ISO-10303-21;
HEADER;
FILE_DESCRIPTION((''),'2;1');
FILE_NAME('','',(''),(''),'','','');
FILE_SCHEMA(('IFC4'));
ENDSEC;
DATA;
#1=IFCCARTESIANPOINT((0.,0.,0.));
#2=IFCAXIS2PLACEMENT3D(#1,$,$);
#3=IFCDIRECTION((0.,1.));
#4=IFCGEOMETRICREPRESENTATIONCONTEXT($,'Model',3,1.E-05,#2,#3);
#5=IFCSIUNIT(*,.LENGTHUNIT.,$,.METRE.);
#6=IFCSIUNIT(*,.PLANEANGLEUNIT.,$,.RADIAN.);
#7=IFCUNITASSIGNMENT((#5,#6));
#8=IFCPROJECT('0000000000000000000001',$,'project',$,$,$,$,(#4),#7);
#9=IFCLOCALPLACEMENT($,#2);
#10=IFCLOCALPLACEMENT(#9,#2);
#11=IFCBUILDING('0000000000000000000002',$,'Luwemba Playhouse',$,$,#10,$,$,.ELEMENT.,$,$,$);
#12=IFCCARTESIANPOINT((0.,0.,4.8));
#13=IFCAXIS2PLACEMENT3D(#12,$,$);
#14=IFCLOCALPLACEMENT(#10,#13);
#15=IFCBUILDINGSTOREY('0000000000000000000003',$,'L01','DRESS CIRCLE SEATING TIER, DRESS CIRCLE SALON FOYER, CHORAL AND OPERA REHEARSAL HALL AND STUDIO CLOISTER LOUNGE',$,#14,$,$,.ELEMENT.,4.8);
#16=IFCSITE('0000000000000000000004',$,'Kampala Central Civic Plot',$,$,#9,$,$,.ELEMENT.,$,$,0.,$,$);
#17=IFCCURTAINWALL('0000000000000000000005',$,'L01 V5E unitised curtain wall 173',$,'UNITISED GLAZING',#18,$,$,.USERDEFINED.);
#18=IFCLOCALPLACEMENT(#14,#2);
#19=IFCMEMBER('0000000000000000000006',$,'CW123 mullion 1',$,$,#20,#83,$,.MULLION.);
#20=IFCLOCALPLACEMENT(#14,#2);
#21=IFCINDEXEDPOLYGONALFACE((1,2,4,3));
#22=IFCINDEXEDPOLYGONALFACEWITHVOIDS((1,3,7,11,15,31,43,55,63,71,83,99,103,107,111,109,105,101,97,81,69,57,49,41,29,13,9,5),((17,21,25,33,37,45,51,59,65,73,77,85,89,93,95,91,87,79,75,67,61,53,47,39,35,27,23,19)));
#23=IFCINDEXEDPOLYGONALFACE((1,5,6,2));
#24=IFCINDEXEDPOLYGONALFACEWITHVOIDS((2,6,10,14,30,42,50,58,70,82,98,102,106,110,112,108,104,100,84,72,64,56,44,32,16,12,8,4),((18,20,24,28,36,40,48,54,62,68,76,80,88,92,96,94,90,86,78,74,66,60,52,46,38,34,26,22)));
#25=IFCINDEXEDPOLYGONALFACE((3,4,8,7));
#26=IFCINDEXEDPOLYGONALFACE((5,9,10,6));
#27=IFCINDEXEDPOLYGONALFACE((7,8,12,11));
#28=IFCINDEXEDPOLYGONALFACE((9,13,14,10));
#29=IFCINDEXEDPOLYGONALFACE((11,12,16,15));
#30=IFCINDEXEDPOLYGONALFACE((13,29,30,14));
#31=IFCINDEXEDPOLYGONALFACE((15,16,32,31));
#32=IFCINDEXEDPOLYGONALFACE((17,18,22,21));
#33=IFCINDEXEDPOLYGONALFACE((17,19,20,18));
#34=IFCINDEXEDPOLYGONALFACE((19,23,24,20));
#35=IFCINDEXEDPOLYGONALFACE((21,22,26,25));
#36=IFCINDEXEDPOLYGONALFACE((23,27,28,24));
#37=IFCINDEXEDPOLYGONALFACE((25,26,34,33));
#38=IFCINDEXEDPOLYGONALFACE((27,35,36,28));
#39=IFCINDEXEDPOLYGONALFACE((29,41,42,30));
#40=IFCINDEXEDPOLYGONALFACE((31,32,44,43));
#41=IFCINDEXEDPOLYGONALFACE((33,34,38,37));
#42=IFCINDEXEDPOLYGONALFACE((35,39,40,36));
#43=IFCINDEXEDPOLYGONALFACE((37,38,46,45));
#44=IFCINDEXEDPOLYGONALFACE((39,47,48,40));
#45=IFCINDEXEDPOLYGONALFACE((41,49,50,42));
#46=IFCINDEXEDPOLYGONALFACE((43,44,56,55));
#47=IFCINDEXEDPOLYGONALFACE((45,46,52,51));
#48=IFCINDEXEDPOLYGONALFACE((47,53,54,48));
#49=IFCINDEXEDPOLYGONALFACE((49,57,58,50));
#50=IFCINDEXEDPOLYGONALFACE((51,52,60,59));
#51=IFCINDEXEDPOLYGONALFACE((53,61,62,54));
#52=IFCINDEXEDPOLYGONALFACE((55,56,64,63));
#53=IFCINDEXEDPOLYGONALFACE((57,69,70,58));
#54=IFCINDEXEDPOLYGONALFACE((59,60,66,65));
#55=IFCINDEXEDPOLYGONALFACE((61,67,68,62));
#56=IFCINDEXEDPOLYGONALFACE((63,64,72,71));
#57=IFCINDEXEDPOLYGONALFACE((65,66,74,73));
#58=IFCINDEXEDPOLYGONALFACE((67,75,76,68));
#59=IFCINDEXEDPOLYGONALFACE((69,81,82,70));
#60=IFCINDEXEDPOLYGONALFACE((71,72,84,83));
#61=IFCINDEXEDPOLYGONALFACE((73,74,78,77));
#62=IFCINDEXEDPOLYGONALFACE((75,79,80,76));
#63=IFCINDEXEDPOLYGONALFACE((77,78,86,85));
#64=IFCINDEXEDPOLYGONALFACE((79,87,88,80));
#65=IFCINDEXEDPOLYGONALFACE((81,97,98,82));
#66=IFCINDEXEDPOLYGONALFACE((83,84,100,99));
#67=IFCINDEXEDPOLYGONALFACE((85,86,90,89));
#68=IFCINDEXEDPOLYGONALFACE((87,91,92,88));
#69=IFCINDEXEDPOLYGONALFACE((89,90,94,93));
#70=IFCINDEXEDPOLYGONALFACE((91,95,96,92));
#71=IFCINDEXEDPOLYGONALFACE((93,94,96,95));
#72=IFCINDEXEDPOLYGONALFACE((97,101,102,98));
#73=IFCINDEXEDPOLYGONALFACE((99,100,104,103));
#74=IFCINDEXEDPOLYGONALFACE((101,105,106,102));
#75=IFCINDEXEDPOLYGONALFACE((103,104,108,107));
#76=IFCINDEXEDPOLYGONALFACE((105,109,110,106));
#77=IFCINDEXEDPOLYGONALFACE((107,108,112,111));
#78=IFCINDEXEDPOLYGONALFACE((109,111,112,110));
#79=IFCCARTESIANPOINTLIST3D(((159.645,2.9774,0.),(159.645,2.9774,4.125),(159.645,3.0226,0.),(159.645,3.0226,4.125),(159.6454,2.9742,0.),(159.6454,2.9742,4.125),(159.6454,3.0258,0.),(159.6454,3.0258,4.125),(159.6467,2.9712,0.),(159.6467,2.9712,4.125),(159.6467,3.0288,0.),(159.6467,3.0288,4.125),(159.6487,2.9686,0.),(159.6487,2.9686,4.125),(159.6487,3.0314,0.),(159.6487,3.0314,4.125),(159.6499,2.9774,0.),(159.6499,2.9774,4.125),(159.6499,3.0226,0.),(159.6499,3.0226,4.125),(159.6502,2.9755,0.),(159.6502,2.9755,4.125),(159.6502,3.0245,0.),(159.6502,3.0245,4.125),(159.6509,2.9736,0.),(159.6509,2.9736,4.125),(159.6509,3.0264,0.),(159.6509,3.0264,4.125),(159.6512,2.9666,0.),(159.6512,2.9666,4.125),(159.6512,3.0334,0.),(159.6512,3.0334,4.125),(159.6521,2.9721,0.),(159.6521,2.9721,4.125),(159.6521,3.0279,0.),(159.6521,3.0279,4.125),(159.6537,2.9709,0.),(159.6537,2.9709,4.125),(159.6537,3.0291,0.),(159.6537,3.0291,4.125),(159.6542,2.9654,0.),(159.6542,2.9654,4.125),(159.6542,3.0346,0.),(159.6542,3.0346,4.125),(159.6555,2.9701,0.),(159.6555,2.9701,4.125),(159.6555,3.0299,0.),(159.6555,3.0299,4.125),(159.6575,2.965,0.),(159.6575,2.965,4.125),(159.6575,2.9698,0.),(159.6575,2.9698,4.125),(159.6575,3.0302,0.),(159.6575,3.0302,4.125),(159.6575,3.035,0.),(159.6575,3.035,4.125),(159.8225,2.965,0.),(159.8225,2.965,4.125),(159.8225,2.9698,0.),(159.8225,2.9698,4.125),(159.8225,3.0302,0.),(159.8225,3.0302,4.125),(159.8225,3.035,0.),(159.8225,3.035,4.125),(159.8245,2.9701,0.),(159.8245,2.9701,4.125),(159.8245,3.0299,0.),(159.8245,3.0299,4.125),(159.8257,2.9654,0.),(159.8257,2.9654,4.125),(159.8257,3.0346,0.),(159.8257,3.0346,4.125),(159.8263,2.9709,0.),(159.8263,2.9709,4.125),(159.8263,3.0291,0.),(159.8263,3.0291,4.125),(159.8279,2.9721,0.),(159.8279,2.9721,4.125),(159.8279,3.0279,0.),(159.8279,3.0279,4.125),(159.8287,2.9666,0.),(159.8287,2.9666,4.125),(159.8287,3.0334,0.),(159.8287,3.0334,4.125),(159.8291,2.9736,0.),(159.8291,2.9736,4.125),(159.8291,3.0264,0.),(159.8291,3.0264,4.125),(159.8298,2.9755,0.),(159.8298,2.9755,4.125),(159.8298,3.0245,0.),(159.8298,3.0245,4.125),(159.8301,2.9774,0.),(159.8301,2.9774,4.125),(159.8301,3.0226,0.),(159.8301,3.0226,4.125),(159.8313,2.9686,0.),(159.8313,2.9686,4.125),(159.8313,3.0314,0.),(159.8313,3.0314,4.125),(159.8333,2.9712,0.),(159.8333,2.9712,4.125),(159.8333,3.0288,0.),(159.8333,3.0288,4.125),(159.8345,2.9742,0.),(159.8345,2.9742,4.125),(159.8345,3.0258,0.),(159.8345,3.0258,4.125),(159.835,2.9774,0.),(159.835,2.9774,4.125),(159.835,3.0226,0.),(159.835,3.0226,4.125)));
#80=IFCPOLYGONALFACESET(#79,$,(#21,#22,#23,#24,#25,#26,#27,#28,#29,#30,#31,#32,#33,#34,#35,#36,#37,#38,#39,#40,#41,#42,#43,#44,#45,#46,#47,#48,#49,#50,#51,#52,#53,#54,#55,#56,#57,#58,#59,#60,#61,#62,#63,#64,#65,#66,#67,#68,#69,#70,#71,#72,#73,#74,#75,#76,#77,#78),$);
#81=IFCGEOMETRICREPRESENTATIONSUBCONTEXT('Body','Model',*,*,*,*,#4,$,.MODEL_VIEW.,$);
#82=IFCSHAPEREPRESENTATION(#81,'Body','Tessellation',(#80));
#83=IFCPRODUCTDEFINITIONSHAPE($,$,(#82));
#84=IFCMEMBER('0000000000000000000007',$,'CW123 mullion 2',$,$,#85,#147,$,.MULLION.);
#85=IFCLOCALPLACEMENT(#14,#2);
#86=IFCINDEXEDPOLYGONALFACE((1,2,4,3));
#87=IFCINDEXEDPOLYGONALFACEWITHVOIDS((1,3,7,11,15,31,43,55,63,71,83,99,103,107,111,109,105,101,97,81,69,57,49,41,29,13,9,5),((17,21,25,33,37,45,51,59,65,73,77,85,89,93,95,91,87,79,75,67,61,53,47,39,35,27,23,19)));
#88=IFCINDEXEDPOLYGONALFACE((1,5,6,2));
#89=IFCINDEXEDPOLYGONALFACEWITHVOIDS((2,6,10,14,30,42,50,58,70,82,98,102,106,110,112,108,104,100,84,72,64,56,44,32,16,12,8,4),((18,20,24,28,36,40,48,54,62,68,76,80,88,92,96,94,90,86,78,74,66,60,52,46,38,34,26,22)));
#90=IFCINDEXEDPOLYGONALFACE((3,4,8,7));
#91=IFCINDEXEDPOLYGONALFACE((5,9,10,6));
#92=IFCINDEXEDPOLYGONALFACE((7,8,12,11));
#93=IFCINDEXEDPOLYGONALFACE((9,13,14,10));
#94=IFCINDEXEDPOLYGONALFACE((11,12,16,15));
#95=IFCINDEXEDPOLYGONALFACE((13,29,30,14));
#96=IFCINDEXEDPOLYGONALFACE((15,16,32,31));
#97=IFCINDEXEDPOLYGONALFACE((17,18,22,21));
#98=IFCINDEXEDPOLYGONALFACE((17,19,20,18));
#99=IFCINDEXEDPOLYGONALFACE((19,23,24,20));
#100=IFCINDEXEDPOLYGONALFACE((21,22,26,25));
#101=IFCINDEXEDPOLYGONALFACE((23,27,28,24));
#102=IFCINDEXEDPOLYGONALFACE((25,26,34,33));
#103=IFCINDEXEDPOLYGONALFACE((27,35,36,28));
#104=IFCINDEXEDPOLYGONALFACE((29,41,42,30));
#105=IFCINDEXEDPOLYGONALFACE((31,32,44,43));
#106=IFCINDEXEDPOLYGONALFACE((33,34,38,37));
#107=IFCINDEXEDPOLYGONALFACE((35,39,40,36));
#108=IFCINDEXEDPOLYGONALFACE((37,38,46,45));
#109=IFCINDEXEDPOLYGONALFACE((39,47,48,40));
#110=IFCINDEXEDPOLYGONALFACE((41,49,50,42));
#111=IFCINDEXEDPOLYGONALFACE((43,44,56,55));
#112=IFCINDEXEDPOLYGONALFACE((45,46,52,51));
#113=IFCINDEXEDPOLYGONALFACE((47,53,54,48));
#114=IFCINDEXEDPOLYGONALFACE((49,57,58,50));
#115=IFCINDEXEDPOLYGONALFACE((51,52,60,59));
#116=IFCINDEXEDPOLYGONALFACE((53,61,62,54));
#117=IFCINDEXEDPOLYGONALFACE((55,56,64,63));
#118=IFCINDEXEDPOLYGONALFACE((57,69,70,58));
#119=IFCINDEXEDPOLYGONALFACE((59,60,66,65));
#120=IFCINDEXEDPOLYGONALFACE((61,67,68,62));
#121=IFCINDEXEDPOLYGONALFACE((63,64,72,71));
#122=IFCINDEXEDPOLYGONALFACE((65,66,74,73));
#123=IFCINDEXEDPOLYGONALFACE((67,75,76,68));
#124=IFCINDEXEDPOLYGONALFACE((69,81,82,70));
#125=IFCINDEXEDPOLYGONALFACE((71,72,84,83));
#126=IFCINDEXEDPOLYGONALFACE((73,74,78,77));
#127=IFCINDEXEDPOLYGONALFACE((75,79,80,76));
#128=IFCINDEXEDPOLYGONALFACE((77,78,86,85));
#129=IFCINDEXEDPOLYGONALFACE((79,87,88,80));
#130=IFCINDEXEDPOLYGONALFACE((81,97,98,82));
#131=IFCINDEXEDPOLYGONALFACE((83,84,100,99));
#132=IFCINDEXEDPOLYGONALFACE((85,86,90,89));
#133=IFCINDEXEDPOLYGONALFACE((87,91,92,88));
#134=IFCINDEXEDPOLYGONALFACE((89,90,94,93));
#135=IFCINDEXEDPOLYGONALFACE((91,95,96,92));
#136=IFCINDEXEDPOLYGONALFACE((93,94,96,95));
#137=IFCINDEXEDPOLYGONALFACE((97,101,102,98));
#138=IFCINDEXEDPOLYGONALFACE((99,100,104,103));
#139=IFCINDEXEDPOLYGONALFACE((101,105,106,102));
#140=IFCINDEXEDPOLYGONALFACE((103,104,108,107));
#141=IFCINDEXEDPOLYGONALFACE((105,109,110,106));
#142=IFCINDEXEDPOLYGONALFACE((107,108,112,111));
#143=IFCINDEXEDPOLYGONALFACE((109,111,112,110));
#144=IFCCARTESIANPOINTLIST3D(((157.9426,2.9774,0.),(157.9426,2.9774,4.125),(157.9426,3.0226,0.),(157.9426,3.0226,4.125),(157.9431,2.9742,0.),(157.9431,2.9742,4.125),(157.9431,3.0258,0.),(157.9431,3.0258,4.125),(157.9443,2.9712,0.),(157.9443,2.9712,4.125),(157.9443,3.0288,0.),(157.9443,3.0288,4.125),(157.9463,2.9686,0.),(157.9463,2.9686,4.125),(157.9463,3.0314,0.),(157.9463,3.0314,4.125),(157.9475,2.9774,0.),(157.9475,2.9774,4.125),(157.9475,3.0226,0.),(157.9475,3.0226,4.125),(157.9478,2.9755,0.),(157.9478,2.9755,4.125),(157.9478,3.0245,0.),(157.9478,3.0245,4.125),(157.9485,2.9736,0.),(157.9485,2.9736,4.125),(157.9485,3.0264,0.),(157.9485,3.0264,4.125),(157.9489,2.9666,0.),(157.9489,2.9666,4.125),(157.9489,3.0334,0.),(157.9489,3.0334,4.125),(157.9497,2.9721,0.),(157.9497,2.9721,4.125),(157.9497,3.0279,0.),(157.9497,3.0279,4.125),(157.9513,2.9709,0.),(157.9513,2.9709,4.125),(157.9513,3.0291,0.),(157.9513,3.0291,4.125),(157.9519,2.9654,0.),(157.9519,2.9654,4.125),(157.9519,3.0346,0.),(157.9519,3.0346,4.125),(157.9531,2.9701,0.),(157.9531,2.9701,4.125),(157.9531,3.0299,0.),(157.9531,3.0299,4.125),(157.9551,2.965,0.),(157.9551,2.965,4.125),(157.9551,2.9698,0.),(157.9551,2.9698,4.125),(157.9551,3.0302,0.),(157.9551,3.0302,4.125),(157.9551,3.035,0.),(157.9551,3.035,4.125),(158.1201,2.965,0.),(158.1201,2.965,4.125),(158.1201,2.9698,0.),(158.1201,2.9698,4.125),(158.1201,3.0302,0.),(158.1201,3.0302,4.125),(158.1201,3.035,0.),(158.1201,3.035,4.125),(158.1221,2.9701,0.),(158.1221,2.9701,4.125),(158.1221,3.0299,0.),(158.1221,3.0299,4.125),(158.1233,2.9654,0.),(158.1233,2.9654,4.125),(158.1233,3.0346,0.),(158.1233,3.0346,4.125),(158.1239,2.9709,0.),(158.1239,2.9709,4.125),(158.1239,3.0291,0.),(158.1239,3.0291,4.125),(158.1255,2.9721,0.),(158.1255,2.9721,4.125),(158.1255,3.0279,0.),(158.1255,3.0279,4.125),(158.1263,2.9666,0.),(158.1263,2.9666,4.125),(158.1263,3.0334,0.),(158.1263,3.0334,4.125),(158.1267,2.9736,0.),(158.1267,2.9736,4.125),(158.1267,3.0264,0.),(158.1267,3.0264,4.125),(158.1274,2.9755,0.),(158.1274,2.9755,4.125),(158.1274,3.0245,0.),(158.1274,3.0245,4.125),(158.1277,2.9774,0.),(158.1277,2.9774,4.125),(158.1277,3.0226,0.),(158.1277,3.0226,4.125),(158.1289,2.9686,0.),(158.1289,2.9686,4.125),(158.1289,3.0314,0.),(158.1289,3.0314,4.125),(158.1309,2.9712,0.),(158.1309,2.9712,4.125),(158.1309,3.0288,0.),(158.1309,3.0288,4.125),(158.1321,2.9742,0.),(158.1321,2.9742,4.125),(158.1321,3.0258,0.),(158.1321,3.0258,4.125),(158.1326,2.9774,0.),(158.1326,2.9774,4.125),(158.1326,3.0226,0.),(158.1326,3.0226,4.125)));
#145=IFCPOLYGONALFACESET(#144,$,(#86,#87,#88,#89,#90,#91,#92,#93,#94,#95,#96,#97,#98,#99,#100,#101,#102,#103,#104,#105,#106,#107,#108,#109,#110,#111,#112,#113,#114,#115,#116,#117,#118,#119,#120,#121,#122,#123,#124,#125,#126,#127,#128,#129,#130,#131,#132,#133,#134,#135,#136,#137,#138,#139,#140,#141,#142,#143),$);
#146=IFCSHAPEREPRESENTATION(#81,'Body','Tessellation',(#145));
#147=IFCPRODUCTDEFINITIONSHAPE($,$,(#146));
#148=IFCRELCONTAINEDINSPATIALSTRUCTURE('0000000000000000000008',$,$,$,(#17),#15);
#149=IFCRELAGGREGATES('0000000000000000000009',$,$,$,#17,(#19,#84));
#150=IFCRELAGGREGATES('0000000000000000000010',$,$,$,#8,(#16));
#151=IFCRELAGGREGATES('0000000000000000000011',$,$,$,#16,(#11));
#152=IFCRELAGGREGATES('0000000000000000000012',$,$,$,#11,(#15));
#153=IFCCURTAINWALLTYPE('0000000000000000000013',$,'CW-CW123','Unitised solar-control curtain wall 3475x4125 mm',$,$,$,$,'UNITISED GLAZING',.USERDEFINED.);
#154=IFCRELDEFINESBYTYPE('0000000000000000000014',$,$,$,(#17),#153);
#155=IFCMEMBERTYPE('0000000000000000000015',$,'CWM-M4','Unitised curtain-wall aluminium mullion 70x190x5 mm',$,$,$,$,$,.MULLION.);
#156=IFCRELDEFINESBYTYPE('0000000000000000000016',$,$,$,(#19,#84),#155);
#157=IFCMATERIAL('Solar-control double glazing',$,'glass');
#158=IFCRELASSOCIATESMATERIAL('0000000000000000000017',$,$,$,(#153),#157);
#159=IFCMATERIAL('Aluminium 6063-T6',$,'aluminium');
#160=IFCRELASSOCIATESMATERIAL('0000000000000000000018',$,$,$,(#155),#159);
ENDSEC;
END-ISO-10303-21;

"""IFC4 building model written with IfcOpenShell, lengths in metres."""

from ifc_helpers import new_model, si_unit, direction, frame, origin, origin_2d, place, context, subcontext, project, spatial, hollow_rectangle, extrude, material, material_profile, profile_set, type_object, element, aggregate, save


model = new_model("IFC4")

# Units and contexts
model_context = context("Model", 3, precision=1e-05, world=origin(), true_north=direction((0.0, 1.0)))
body_context = subcontext(model_context, "Body", "Model", "MODEL_VIEW")
ifc_project = project(units=[si_unit("LENGTHUNIT", "METRE"), si_unit("PLANEANGLEUNIT", "RADIAN")], contexts=[model_context])

# Site, building, storey
site_placement = place(None, origin())
site = spatial("IfcSite", under=ifc_project, at=site_placement, Name="Kampala Central Civic Plot", CompositionType="ELEMENT", RefElevation=0.0)
building_placement = place(site_placement, origin())
building = spatial("IfcBuilding", under=site, at=building_placement, Name="Luwemba Playhouse", CompositionType="ELEMENT")
storey_placement = place(building_placement, frame((0.0, 0.0, 4.8)))
storey = spatial("IfcBuildingStorey", under=building, at=storey_placement, Name="L01", Description="DRESS CIRCLE SEATING TIER, DRESS CIRCLE SALON FOYER, CHORAL AND OPERA REHEARSAL HALL AND STUDIO CLOISTER LOUNGE", CompositionType="ELEMENT", Elevation=4.8)

# Shared definitions
ifc_material_1 = material(Name="Solar-control double glazing", Category="glass")
ifc_material_2 = material(Name="Aluminium 6063-T6", Category="aluminium")

# Curtain wall, members
curtain_wall_type_1 = type_object("IfcCurtainWallType", Name="CW-CW123", Description="Unitised solar-control curtain wall 3475x4125 mm", ElementType="UNITISED GLAZING", PredefinedType="USERDEFINED", material=ifc_material_1)
curtain_wall_1_placement = place(storey_placement, origin())
curtain_wall_1 = element("IfcCurtainWall", 1, at=curtain_wall_1_placement, inside=storey, type_object=curtain_wall_type_1, Name="L01 V5E unitised curtain wall 173", ObjectType="UNITISED GLAZING", PredefinedType="USERDEFINED")
ifc_material_profile_1 = material_profile(ifc_material_2, hollow_rectangle(XDim=0.0701, YDim=0.1899, WallThickness=0.0049, InnerFilletRadius=0.0076, OuterFilletRadius=0.0125, at=origin_2d()))
ifc_profile_set_1 = profile_set([ifc_material_profile_1], Name="Aluminium 6063-T6")
member_type_1 = type_object("IfcMemberType", Name="CWM-M4", Description="Unitised curtain-wall aluminium mullion 70x190x5 mm", PredefinedType="MULLION", material=ifc_profile_set_1)
member_1_placement = place(storey_placement, frame((159.74, 3.0, 0.0), z_axis=(0.0, 0.0, 1.0), x_axis=(0.0, -1.0, 0.0)))
member_1 = element("IfcMember", 2, at=member_1_placement, type_object=member_type_1, Name="CW123 mullion 1", PredefinedType="MULLION", context=body_context, shape_type="SweptSolid", body=[
    extrude(hollow_rectangle(XDim=0.0701, YDim=0.1899, WallThickness=0.0049, InnerFilletRadius=0.0076, OuterFilletRadius=0.0125, at=origin_2d()), origin(), (0.0, 0.0, 1.0), 4.125),
])
member_2_placement = place(storey_placement, frame((158.0376, 3.0, 0.0), z_axis=(0.0, 0.0, 1.0), x_axis=(0.0, -1.0, 0.0)))
member_2 = element("IfcMember", 3, at=member_2_placement, type_object=member_type_1, Name="CW123 mullion 2", PredefinedType="MULLION", context=body_context, shape_type="SweptSolid", body=[
    extrude(hollow_rectangle(XDim=0.0701, YDim=0.1899, WallThickness=0.0049, InnerFilletRadius=0.0076, OuterFilletRadius=0.0125, at=origin_2d()), origin(), (0.0, 0.0, 1.0), 4.125),
])

aggregate(curtain_wall_1, [member_1, member_2])

save(model, "model.ifc")
